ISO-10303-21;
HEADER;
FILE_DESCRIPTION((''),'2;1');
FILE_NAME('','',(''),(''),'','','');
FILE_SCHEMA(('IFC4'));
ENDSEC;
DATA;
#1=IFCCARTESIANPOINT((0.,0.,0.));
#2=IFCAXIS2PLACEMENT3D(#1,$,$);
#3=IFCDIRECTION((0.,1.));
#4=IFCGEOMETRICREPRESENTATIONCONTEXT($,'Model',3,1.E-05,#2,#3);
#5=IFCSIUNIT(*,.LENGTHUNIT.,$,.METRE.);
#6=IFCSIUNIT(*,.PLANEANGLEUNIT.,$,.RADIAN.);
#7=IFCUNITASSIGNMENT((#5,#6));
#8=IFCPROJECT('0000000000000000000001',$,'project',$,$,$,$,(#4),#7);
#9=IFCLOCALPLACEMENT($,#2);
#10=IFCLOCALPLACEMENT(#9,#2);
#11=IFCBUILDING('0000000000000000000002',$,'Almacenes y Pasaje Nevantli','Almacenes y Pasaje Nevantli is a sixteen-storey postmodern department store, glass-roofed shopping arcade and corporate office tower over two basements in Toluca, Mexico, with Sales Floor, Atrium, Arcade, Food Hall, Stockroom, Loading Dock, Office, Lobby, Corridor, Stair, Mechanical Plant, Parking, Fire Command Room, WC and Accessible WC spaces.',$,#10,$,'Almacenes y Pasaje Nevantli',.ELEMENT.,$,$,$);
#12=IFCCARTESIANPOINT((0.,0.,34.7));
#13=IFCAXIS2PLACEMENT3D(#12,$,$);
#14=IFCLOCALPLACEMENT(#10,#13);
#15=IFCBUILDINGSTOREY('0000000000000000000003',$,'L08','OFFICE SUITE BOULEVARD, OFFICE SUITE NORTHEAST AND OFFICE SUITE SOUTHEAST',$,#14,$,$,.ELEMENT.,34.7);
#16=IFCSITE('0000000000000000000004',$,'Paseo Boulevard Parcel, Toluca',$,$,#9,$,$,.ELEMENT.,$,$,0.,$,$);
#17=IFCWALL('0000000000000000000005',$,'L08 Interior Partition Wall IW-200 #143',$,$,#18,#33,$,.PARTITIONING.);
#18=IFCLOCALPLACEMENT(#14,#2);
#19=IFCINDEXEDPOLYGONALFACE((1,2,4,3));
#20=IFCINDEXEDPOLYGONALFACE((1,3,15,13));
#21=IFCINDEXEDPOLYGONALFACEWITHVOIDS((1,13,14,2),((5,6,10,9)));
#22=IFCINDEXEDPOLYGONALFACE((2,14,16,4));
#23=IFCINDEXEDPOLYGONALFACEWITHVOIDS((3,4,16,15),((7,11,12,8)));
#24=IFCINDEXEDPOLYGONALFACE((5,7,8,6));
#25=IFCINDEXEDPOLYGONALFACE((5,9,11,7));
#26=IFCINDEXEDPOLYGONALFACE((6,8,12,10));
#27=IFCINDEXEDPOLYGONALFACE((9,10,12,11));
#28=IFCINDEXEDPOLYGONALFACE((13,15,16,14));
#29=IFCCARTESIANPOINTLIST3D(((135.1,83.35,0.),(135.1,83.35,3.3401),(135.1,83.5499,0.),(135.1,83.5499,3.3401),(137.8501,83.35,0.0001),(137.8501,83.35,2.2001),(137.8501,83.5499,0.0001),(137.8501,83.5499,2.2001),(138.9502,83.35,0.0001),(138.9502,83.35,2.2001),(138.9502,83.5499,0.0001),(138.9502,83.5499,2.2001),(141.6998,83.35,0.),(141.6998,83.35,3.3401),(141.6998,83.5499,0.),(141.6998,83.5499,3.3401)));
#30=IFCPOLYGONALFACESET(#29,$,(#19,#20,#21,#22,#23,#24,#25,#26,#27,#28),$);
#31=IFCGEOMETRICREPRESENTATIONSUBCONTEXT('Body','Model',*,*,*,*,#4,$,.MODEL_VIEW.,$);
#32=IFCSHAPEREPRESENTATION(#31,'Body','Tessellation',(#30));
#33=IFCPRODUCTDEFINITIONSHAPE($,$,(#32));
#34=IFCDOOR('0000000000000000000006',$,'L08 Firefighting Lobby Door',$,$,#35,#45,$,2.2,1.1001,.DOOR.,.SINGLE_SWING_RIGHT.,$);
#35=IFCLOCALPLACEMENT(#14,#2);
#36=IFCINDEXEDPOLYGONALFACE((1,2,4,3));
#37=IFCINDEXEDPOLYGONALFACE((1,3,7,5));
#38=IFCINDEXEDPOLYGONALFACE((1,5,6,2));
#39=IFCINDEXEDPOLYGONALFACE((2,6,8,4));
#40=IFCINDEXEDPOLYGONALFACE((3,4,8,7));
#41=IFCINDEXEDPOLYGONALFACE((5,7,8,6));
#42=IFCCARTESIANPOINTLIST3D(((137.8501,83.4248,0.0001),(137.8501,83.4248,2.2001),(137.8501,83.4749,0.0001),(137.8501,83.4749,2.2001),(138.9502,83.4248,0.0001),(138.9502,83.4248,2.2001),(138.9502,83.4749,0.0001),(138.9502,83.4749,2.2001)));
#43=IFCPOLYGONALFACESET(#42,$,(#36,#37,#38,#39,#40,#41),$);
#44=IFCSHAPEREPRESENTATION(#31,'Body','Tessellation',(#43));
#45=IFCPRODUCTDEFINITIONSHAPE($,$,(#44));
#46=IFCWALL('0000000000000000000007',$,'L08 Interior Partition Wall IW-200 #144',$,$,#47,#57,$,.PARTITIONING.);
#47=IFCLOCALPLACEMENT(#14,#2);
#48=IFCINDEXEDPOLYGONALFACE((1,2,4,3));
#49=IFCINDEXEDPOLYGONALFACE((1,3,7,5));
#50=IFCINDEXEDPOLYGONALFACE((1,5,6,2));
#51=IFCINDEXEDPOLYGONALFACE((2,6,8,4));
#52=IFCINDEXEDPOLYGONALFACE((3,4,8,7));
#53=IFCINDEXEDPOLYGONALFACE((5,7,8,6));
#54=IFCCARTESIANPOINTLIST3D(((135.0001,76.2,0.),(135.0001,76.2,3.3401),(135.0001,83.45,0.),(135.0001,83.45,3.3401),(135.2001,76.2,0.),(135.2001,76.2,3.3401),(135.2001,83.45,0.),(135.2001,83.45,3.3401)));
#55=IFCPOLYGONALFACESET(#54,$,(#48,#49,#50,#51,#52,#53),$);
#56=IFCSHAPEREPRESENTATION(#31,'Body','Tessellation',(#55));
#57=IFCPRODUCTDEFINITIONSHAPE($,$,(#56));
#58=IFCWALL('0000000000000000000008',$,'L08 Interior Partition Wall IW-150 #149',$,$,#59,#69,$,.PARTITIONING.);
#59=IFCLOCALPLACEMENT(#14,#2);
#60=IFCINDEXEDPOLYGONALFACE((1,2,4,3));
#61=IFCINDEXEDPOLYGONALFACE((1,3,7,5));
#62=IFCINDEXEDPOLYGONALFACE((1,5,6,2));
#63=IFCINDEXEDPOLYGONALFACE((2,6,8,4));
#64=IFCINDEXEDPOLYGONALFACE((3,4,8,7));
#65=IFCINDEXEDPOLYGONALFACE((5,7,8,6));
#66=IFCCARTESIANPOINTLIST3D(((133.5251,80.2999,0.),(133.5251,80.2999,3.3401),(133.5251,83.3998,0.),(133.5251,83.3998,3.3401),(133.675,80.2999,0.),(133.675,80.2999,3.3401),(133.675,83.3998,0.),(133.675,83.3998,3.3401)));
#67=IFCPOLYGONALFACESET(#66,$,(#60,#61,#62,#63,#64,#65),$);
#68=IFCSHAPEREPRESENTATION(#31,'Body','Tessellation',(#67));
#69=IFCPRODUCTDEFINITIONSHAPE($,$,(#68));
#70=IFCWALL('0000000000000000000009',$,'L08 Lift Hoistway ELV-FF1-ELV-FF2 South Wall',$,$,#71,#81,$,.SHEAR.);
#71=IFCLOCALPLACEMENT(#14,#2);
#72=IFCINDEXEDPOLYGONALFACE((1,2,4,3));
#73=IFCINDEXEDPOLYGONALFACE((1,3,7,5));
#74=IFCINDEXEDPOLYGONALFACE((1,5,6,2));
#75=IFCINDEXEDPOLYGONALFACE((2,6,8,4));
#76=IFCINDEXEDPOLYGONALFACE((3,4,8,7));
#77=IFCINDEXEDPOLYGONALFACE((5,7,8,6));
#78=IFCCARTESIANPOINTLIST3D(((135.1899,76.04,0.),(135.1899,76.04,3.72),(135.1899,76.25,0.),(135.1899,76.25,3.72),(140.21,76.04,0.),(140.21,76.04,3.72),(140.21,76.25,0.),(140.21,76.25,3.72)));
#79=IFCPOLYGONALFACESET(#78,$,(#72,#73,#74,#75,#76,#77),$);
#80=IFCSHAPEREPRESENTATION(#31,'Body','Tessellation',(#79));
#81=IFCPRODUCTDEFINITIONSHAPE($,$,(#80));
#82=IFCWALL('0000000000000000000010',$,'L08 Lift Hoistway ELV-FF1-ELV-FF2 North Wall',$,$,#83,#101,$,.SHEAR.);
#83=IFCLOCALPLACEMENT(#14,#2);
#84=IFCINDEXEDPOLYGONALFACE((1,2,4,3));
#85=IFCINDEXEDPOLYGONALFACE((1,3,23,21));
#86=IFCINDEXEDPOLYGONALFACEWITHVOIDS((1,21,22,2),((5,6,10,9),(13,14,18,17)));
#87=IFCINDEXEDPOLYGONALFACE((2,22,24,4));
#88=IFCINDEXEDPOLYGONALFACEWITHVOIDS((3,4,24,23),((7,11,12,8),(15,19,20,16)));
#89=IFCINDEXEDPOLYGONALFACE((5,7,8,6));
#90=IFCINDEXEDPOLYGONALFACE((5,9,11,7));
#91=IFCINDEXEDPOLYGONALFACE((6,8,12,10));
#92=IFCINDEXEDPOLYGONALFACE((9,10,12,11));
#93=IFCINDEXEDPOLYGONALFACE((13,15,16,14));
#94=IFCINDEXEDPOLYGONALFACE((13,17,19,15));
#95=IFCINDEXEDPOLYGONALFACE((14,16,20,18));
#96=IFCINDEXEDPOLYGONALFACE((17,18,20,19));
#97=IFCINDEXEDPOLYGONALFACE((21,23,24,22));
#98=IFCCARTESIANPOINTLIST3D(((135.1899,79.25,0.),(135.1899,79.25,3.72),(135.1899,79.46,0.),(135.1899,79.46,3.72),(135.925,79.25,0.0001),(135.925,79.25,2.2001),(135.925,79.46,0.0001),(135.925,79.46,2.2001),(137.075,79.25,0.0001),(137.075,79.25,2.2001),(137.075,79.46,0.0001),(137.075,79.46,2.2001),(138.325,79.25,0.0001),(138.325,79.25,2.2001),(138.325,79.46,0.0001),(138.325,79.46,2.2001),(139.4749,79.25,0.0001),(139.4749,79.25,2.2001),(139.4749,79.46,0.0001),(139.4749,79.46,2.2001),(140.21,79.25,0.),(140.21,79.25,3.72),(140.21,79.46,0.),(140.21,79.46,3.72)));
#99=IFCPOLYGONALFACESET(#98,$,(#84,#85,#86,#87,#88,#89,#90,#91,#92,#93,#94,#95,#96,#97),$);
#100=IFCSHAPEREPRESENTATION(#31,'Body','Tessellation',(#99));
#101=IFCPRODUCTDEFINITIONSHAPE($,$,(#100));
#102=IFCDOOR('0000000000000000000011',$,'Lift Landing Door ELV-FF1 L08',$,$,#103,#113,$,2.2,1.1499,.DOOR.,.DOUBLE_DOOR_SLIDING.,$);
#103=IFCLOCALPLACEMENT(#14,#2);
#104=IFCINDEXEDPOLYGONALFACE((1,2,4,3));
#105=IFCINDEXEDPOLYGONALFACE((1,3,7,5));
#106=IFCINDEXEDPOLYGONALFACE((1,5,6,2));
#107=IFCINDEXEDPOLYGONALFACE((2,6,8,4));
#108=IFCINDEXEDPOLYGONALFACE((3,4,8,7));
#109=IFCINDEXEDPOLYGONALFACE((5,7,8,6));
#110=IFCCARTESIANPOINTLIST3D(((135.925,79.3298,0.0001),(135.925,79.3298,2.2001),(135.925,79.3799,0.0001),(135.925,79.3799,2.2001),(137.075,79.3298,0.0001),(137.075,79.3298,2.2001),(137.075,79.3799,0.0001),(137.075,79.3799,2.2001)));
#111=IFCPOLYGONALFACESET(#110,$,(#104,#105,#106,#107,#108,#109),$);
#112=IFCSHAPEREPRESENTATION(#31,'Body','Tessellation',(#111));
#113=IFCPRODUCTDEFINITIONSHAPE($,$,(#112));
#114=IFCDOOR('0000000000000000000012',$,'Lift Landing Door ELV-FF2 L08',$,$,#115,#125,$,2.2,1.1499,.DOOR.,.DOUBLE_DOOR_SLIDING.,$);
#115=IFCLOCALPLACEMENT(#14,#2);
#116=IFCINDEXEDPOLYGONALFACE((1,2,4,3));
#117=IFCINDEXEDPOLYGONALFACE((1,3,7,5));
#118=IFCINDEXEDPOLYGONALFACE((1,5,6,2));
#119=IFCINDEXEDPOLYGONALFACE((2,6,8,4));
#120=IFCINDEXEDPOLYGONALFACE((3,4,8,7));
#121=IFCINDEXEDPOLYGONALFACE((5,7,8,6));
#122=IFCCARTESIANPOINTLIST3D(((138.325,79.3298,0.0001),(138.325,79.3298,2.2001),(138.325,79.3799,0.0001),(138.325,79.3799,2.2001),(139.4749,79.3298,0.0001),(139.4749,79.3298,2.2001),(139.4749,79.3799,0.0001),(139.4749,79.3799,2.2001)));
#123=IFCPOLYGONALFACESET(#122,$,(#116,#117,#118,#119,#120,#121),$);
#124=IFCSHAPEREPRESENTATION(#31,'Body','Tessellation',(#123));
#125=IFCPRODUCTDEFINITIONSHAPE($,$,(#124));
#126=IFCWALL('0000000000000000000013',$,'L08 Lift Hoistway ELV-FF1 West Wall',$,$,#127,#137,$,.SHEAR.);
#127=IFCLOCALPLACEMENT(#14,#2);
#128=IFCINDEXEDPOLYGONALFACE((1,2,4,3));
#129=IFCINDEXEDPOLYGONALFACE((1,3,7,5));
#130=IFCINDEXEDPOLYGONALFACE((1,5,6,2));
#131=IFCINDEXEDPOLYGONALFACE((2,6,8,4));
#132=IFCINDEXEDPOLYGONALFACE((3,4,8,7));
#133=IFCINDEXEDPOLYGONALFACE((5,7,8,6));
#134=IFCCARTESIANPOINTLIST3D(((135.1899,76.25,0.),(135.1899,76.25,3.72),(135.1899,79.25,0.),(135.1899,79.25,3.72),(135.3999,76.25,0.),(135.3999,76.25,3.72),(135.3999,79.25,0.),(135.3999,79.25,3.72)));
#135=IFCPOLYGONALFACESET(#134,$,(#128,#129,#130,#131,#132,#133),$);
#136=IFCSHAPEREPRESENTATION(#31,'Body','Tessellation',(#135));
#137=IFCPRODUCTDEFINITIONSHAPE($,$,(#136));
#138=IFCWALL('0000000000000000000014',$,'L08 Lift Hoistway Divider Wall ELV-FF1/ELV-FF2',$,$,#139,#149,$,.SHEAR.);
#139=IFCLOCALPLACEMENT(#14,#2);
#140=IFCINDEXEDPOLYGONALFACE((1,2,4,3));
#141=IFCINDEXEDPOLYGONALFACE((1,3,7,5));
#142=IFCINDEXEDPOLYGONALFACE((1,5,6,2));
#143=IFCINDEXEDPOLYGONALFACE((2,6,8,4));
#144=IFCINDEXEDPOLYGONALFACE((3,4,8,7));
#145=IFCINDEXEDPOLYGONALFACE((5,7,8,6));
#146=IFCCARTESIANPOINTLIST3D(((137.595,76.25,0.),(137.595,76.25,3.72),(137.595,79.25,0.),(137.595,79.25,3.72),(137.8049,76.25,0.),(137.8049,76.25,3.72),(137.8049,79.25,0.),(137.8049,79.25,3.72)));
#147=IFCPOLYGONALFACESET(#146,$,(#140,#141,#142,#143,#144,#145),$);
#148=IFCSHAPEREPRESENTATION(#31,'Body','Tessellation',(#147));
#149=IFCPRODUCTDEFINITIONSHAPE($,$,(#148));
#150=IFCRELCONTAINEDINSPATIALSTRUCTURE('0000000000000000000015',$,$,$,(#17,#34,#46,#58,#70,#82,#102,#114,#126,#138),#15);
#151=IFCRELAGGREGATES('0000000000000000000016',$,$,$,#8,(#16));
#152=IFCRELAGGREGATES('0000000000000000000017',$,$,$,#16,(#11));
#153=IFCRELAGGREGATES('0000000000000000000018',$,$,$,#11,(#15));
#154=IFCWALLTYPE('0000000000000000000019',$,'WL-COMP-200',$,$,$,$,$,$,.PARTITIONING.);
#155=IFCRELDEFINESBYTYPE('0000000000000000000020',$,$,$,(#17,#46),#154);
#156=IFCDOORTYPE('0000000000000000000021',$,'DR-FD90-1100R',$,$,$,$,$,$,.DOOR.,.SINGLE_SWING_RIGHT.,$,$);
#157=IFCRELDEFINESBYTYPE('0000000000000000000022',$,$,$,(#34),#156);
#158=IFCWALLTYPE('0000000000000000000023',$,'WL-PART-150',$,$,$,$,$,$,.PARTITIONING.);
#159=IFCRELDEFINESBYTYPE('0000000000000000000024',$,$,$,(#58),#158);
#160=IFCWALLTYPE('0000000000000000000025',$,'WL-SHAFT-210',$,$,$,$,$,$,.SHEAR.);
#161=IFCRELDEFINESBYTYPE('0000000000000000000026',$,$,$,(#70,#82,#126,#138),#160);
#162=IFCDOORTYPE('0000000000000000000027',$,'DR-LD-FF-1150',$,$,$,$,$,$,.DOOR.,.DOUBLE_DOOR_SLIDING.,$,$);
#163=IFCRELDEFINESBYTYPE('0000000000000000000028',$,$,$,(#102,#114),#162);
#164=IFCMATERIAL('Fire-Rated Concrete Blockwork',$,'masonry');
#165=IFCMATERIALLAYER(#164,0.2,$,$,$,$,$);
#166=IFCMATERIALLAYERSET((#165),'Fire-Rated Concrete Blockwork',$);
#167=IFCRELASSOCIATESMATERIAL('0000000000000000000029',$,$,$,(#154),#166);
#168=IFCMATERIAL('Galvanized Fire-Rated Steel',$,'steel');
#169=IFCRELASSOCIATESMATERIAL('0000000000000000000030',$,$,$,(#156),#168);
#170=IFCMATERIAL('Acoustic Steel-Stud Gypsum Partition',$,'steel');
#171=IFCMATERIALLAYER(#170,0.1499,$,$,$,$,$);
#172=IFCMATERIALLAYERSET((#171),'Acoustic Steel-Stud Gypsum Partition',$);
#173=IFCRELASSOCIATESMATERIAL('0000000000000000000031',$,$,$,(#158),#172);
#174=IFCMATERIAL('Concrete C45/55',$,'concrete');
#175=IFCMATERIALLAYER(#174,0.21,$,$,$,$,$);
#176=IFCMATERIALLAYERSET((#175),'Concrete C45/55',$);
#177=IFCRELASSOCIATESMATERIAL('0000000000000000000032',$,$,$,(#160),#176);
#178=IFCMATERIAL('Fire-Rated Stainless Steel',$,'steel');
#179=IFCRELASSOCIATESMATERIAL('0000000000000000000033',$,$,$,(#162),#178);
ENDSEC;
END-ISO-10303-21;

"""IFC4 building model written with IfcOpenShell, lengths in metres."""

from ifc_helpers import new_model, si_unit, direction, frame, frame_2d, origin, place, context, subcontext, project, spatial, rectangle, extrude, material, layer, layer_set, type_object, element, fill, save


model = new_model("IFC4")

# Units and contexts
model_context = context("Model", 3, precision=1e-05, world=origin(), true_north=direction((0.0, 1.0)))
body_context = subcontext(model_context, "Body", "Model", "MODEL_VIEW")
ifc_project = project(units=[si_unit("LENGTHUNIT", "METRE"), si_unit("PLANEANGLEUNIT", "RADIAN")], contexts=[model_context])

# Site, building, storey
site_placement = place(None, origin())
site = spatial("IfcSite", under=ifc_project, at=site_placement, Name="Paseo Boulevard Parcel, Toluca", CompositionType="ELEMENT", RefElevation=0.0)
building_placement = place(site_placement, origin())
building = spatial("IfcBuilding", under=site, at=building_placement, Name="Almacenes y Pasaje Nevantli", Description="Almacenes y Pasaje Nevantli is a sixteen-storey postmodern department store, glass-roofed shopping arcade and corporate office tower over two basements in Toluca, Mexico, with Sales Floor, Atrium, Arcade, Food Hall, Stockroom, Loading Dock, Office, Lobby, Corridor, Stair, Mechanical Plant, Parking, Fire Command Room, WC and Accessible WC spaces.", LongName="Almacenes y Pasaje Nevantli", CompositionType="ELEMENT")
storey_placement = place(building_placement, frame((0.0, 0.0, 34.7)))
storey = spatial("IfcBuildingStorey", under=building, at=storey_placement, Name="L08", Description="OFFICE SUITE BOULEVARD, OFFICE SUITE NORTHEAST AND OFFICE SUITE SOUTHEAST", CompositionType="ELEMENT", Elevation=34.7)

# Wall, opening, door
ifc_material_1 = material(Name="Fire-Rated Concrete Blockwork", Category="masonry")
ifc_layer_1 = layer(ifc_material_1, 0.2)
ifc_layer_set_1 = layer_set([ifc_layer_1], Name="Fire-Rated Concrete Blockwork")
wall_type_1 = type_object("IfcWallType", Name="WL-COMP-200", PredefinedType="PARTITIONING", material=ifc_layer_set_1)
wall_1_placement = place(storey_placement, frame((135.1001, 83.45, 0.0), z_axis=(0.0, 0.0, 1.0), x_axis=(1.0, 0.0, 0.0)))
wall_1 = element("IfcWall", 1, at=wall_1_placement, inside=storey, type_object=wall_type_1, Name="L08 Interior Partition Wall IW-200 #143", PredefinedType="PARTITIONING", context=body_context, shape_type="SweptSolid", body=[
    extrude(rectangle(XDim=6.5999, YDim=0.2, at=frame_2d((3.2998, 0.0))), origin(), (0.0, 0.0, 1.0), 3.3401),
])
opening_1_placement = place(wall_1_placement, frame((2.75, 0.0, 0.0)))
opening_1 = element("IfcOpeningElement", 2, at=opening_1_placement, cuts=wall_1, PredefinedType="OPENING", context=body_context, shape_type="SweptSolid", body=[
    extrude(rectangle(XDim=1.1001, YDim=2.2, at=frame_2d((0.55, 1.1001))), frame((0.0, 0.1099, 0.0), z_axis=(0.0, -1.0, 0.0), x_axis=(1.0, 0.0, 0.0)), (0.0, 0.0, 1.0), 0.22),
])
ifc_material_2 = material(Name="Galvanized Fire-Rated Steel", Category="steel")
door_type_1 = type_object("IfcDoorType", Name="DR-FD90-1100R", OperationType="SINGLE_SWING_RIGHT", PredefinedType="DOOR", material=ifc_material_2)
door_1_placement = place(opening_1_placement, origin())
door_1 = element("IfcDoor", 3, at=door_1_placement, inside=storey, type_object=door_type_1, Name="L08 Firefighting Lobby Door", OperationType="SINGLE_SWING_RIGHT", OverallHeight=2.2, OverallWidth=1.1001, PredefinedType="DOOR", context=body_context, shape_type="SweptSolid", body=[
    extrude(rectangle(XDim=1.1001, YDim=2.2, at=frame_2d((0.55, 1.1001))), frame((0.0, 0.0249, 0.0), z_axis=(0.0, -1.0, 0.0), x_axis=(1.0, 0.0, 0.0)), (0.0, 0.0, 1.0), 0.05),
])
fill(opening_1, door_1)

# Walls
wall_2_placement = place(storey_placement, frame((135.1001, 76.2, 0.0), z_axis=(0.0, 0.0, 1.0), x_axis=(0.0, 1.0, 0.0)))
element("IfcWall", 4, at=wall_2_placement, inside=storey, type_object=wall_type_1, Name="L08 Interior Partition Wall IW-200 #144", PredefinedType="PARTITIONING", context=body_context, shape_type="SweptSolid", body=[
    extrude(rectangle(XDim=7.25, YDim=0.2, at=frame_2d((3.625, 0.0))), origin(), (0.0, 0.0, 1.0), 3.3401),
])
ifc_material_3 = material(Name="Acoustic Steel-Stud Gypsum Partition", Category="steel")
ifc_layer_2 = layer(ifc_material_3, 0.1499)
ifc_layer_set_2 = layer_set([ifc_layer_2], Name="Acoustic Steel-Stud Gypsum Partition")
wall_type_2 = type_object("IfcWallType", Name="WL-PART-150", PredefinedType="PARTITIONING", material=ifc_layer_set_2)
wall_3_placement = place(storey_placement, frame((133.6001, 80.3, 0.0), z_axis=(0.0, 0.0, 1.0), x_axis=(0.0, 1.0, 0.0)))
element("IfcWall", 5, at=wall_3_placement, inside=storey, type_object=wall_type_2, Name="L08 Interior Partition Wall IW-150 #149", PredefinedType="PARTITIONING", context=body_context, shape_type="SweptSolid", body=[
    extrude(rectangle(XDim=3.0999, YDim=0.1499, at=frame_2d((1.5498, 0.0))), origin(), (0.0, 0.0, 1.0), 3.3401),
])
ifc_material_4 = material(Name="Concrete C45/55", Category="concrete")
ifc_layer_3 = layer(ifc_material_4, 0.21)
ifc_layer_set_3 = layer_set([ifc_layer_3], Name="Concrete C45/55")
wall_type_3 = type_object("IfcWallType", Name="WL-SHAFT-210", PredefinedType="SHEAR", material=ifc_layer_set_3)
wall_4_placement = place(storey_placement, frame((135.1899, 76.145, 0.0), z_axis=(0.0, 0.0, 1.0), x_axis=(1.0, 0.0, 0.0)))
element("IfcWall", 6, at=wall_4_placement, inside=storey, type_object=wall_type_3, Name="L08 Lift Hoistway ELV-FF1-ELV-FF2 South Wall", PredefinedType="SHEAR", context=body_context, shape_type="SweptSolid", body=[
    extrude(rectangle(XDim=5.02, YDim=0.21, at=frame_2d((2.51, 0.0))), origin(), (0.0, 0.0, 1.0), 3.72),
])

# Wall, openings, doors
wall_5_placement = place(storey_placement, frame((135.1899, 79.355, 0.0), z_axis=(0.0, 0.0, 1.0), x_axis=(1.0, 0.0, 0.0)))
wall_5 = element("IfcWall", 7, at=wall_5_placement, inside=storey, type_object=wall_type_3, Name="L08 Lift Hoistway ELV-FF1-ELV-FF2 North Wall", PredefinedType="SHEAR", context=body_context, shape_type="SweptSolid", body=[
    extrude(rectangle(XDim=5.02, YDim=0.21, at=frame_2d((2.51, 0.0))), origin(), (0.0, 0.0, 1.0), 3.72),
])
opening_2_placement = place(wall_5_placement, frame((0.7351, 0.0, 0.0)))
opening_2 = element("IfcOpeningElement", 8, at=opening_2_placement, cuts=wall_5, PredefinedType="OPENING", context=body_context, shape_type="SweptSolid", body=[
    extrude(rectangle(XDim=1.1499, YDim=2.2, at=frame_2d((0.575, 1.1001))), frame((0.0, 0.115, 0.0), z_axis=(0.0, -1.0, 0.0), x_axis=(1.0, 0.0, 0.0)), (0.0, 0.0, 1.0), 0.23),
])
opening_3_placement = place(wall_5_placement, frame((3.135, 0.0, 0.0)))
opening_3 = element("IfcOpeningElement", 9, at=opening_3_placement, cuts=wall_5, PredefinedType="OPENING", context=body_context, shape_type="SweptSolid", body=[
    extrude(rectangle(XDim=1.1499, YDim=2.2, at=frame_2d((0.575, 1.1001))), frame((0.0, 0.115, 0.0), z_axis=(0.0, -1.0, 0.0), x_axis=(1.0, 0.0, 0.0)), (0.0, 0.0, 1.0), 0.23),
])
ifc_material_5 = material(Name="Fire-Rated Stainless Steel", Category="steel")
door_type_2 = type_object("IfcDoorType", Name="DR-LD-FF-1150", OperationType="DOUBLE_DOOR_SLIDING", PredefinedType="DOOR", material=ifc_material_5)
door_2_placement = place(opening_2_placement, origin())
door_2 = element("IfcDoor", 10, at=door_2_placement, inside=storey, type_object=door_type_2, Name="Lift Landing Door ELV-FF1 L08", OperationType="DOUBLE_DOOR_SLIDING", OverallHeight=2.2, OverallWidth=1.1499, PredefinedType="DOOR", context=body_context, shape_type="SweptSolid", body=[
    extrude(rectangle(XDim=1.1499, YDim=2.2, at=frame_2d((0.575, 1.1001))), frame((0.0, 0.0249, 0.0), z_axis=(0.0, -1.0, 0.0), x_axis=(1.0, 0.0, 0.0)), (0.0, 0.0, 1.0), 0.05),
])
fill(opening_2, door_2)
door_3_placement = place(opening_3_placement, origin())
door_3 = element("IfcDoor", 11, at=door_3_placement, inside=storey, type_object=door_type_2, Name="Lift Landing Door ELV-FF2 L08", OperationType="DOUBLE_DOOR_SLIDING", OverallHeight=2.2, OverallWidth=1.1499, PredefinedType="DOOR", context=body_context, shape_type="SweptSolid", body=[
    extrude(rectangle(XDim=1.1499, YDim=2.2, at=frame_2d((0.575, 1.1001))), frame((0.0, 0.0249, 0.0), z_axis=(0.0, -1.0, 0.0), x_axis=(1.0, 0.0, 0.0)), (0.0, 0.0, 1.0), 0.05),
])
fill(opening_3, door_3)

# Walls
for number, where, z_axis, x_axis, name in (
    (12, (135.2949, 76.25, 0.0), (0.0, 0.0, 1.0), (0.0, 1.0, 0.0), "L08 Lift Hoistway ELV-FF1 West Wall"),
    (13, (137.7, 76.25, 0.0), (0.0, 0.0, 1.0), (0.0, 1.0, 0.0), "L08 Lift Hoistway Divider Wall ELV-FF1/ELV-FF2"),
):
    element("IfcWall", number, at=place(storey_placement, frame(where, z_axis=z_axis, x_axis=x_axis)), inside=storey, type_object=wall_type_3, Name=name, PredefinedType="SHEAR", context=body_context, shape_type="SweptSolid", body=[
        extrude(rectangle(XDim=3.0, YDim=0.21, at=frame_2d((1.5, 0.0))), origin(), (0.0, 0.0, 1.0), 3.72),
    ])

save(model, "model.ifc")
